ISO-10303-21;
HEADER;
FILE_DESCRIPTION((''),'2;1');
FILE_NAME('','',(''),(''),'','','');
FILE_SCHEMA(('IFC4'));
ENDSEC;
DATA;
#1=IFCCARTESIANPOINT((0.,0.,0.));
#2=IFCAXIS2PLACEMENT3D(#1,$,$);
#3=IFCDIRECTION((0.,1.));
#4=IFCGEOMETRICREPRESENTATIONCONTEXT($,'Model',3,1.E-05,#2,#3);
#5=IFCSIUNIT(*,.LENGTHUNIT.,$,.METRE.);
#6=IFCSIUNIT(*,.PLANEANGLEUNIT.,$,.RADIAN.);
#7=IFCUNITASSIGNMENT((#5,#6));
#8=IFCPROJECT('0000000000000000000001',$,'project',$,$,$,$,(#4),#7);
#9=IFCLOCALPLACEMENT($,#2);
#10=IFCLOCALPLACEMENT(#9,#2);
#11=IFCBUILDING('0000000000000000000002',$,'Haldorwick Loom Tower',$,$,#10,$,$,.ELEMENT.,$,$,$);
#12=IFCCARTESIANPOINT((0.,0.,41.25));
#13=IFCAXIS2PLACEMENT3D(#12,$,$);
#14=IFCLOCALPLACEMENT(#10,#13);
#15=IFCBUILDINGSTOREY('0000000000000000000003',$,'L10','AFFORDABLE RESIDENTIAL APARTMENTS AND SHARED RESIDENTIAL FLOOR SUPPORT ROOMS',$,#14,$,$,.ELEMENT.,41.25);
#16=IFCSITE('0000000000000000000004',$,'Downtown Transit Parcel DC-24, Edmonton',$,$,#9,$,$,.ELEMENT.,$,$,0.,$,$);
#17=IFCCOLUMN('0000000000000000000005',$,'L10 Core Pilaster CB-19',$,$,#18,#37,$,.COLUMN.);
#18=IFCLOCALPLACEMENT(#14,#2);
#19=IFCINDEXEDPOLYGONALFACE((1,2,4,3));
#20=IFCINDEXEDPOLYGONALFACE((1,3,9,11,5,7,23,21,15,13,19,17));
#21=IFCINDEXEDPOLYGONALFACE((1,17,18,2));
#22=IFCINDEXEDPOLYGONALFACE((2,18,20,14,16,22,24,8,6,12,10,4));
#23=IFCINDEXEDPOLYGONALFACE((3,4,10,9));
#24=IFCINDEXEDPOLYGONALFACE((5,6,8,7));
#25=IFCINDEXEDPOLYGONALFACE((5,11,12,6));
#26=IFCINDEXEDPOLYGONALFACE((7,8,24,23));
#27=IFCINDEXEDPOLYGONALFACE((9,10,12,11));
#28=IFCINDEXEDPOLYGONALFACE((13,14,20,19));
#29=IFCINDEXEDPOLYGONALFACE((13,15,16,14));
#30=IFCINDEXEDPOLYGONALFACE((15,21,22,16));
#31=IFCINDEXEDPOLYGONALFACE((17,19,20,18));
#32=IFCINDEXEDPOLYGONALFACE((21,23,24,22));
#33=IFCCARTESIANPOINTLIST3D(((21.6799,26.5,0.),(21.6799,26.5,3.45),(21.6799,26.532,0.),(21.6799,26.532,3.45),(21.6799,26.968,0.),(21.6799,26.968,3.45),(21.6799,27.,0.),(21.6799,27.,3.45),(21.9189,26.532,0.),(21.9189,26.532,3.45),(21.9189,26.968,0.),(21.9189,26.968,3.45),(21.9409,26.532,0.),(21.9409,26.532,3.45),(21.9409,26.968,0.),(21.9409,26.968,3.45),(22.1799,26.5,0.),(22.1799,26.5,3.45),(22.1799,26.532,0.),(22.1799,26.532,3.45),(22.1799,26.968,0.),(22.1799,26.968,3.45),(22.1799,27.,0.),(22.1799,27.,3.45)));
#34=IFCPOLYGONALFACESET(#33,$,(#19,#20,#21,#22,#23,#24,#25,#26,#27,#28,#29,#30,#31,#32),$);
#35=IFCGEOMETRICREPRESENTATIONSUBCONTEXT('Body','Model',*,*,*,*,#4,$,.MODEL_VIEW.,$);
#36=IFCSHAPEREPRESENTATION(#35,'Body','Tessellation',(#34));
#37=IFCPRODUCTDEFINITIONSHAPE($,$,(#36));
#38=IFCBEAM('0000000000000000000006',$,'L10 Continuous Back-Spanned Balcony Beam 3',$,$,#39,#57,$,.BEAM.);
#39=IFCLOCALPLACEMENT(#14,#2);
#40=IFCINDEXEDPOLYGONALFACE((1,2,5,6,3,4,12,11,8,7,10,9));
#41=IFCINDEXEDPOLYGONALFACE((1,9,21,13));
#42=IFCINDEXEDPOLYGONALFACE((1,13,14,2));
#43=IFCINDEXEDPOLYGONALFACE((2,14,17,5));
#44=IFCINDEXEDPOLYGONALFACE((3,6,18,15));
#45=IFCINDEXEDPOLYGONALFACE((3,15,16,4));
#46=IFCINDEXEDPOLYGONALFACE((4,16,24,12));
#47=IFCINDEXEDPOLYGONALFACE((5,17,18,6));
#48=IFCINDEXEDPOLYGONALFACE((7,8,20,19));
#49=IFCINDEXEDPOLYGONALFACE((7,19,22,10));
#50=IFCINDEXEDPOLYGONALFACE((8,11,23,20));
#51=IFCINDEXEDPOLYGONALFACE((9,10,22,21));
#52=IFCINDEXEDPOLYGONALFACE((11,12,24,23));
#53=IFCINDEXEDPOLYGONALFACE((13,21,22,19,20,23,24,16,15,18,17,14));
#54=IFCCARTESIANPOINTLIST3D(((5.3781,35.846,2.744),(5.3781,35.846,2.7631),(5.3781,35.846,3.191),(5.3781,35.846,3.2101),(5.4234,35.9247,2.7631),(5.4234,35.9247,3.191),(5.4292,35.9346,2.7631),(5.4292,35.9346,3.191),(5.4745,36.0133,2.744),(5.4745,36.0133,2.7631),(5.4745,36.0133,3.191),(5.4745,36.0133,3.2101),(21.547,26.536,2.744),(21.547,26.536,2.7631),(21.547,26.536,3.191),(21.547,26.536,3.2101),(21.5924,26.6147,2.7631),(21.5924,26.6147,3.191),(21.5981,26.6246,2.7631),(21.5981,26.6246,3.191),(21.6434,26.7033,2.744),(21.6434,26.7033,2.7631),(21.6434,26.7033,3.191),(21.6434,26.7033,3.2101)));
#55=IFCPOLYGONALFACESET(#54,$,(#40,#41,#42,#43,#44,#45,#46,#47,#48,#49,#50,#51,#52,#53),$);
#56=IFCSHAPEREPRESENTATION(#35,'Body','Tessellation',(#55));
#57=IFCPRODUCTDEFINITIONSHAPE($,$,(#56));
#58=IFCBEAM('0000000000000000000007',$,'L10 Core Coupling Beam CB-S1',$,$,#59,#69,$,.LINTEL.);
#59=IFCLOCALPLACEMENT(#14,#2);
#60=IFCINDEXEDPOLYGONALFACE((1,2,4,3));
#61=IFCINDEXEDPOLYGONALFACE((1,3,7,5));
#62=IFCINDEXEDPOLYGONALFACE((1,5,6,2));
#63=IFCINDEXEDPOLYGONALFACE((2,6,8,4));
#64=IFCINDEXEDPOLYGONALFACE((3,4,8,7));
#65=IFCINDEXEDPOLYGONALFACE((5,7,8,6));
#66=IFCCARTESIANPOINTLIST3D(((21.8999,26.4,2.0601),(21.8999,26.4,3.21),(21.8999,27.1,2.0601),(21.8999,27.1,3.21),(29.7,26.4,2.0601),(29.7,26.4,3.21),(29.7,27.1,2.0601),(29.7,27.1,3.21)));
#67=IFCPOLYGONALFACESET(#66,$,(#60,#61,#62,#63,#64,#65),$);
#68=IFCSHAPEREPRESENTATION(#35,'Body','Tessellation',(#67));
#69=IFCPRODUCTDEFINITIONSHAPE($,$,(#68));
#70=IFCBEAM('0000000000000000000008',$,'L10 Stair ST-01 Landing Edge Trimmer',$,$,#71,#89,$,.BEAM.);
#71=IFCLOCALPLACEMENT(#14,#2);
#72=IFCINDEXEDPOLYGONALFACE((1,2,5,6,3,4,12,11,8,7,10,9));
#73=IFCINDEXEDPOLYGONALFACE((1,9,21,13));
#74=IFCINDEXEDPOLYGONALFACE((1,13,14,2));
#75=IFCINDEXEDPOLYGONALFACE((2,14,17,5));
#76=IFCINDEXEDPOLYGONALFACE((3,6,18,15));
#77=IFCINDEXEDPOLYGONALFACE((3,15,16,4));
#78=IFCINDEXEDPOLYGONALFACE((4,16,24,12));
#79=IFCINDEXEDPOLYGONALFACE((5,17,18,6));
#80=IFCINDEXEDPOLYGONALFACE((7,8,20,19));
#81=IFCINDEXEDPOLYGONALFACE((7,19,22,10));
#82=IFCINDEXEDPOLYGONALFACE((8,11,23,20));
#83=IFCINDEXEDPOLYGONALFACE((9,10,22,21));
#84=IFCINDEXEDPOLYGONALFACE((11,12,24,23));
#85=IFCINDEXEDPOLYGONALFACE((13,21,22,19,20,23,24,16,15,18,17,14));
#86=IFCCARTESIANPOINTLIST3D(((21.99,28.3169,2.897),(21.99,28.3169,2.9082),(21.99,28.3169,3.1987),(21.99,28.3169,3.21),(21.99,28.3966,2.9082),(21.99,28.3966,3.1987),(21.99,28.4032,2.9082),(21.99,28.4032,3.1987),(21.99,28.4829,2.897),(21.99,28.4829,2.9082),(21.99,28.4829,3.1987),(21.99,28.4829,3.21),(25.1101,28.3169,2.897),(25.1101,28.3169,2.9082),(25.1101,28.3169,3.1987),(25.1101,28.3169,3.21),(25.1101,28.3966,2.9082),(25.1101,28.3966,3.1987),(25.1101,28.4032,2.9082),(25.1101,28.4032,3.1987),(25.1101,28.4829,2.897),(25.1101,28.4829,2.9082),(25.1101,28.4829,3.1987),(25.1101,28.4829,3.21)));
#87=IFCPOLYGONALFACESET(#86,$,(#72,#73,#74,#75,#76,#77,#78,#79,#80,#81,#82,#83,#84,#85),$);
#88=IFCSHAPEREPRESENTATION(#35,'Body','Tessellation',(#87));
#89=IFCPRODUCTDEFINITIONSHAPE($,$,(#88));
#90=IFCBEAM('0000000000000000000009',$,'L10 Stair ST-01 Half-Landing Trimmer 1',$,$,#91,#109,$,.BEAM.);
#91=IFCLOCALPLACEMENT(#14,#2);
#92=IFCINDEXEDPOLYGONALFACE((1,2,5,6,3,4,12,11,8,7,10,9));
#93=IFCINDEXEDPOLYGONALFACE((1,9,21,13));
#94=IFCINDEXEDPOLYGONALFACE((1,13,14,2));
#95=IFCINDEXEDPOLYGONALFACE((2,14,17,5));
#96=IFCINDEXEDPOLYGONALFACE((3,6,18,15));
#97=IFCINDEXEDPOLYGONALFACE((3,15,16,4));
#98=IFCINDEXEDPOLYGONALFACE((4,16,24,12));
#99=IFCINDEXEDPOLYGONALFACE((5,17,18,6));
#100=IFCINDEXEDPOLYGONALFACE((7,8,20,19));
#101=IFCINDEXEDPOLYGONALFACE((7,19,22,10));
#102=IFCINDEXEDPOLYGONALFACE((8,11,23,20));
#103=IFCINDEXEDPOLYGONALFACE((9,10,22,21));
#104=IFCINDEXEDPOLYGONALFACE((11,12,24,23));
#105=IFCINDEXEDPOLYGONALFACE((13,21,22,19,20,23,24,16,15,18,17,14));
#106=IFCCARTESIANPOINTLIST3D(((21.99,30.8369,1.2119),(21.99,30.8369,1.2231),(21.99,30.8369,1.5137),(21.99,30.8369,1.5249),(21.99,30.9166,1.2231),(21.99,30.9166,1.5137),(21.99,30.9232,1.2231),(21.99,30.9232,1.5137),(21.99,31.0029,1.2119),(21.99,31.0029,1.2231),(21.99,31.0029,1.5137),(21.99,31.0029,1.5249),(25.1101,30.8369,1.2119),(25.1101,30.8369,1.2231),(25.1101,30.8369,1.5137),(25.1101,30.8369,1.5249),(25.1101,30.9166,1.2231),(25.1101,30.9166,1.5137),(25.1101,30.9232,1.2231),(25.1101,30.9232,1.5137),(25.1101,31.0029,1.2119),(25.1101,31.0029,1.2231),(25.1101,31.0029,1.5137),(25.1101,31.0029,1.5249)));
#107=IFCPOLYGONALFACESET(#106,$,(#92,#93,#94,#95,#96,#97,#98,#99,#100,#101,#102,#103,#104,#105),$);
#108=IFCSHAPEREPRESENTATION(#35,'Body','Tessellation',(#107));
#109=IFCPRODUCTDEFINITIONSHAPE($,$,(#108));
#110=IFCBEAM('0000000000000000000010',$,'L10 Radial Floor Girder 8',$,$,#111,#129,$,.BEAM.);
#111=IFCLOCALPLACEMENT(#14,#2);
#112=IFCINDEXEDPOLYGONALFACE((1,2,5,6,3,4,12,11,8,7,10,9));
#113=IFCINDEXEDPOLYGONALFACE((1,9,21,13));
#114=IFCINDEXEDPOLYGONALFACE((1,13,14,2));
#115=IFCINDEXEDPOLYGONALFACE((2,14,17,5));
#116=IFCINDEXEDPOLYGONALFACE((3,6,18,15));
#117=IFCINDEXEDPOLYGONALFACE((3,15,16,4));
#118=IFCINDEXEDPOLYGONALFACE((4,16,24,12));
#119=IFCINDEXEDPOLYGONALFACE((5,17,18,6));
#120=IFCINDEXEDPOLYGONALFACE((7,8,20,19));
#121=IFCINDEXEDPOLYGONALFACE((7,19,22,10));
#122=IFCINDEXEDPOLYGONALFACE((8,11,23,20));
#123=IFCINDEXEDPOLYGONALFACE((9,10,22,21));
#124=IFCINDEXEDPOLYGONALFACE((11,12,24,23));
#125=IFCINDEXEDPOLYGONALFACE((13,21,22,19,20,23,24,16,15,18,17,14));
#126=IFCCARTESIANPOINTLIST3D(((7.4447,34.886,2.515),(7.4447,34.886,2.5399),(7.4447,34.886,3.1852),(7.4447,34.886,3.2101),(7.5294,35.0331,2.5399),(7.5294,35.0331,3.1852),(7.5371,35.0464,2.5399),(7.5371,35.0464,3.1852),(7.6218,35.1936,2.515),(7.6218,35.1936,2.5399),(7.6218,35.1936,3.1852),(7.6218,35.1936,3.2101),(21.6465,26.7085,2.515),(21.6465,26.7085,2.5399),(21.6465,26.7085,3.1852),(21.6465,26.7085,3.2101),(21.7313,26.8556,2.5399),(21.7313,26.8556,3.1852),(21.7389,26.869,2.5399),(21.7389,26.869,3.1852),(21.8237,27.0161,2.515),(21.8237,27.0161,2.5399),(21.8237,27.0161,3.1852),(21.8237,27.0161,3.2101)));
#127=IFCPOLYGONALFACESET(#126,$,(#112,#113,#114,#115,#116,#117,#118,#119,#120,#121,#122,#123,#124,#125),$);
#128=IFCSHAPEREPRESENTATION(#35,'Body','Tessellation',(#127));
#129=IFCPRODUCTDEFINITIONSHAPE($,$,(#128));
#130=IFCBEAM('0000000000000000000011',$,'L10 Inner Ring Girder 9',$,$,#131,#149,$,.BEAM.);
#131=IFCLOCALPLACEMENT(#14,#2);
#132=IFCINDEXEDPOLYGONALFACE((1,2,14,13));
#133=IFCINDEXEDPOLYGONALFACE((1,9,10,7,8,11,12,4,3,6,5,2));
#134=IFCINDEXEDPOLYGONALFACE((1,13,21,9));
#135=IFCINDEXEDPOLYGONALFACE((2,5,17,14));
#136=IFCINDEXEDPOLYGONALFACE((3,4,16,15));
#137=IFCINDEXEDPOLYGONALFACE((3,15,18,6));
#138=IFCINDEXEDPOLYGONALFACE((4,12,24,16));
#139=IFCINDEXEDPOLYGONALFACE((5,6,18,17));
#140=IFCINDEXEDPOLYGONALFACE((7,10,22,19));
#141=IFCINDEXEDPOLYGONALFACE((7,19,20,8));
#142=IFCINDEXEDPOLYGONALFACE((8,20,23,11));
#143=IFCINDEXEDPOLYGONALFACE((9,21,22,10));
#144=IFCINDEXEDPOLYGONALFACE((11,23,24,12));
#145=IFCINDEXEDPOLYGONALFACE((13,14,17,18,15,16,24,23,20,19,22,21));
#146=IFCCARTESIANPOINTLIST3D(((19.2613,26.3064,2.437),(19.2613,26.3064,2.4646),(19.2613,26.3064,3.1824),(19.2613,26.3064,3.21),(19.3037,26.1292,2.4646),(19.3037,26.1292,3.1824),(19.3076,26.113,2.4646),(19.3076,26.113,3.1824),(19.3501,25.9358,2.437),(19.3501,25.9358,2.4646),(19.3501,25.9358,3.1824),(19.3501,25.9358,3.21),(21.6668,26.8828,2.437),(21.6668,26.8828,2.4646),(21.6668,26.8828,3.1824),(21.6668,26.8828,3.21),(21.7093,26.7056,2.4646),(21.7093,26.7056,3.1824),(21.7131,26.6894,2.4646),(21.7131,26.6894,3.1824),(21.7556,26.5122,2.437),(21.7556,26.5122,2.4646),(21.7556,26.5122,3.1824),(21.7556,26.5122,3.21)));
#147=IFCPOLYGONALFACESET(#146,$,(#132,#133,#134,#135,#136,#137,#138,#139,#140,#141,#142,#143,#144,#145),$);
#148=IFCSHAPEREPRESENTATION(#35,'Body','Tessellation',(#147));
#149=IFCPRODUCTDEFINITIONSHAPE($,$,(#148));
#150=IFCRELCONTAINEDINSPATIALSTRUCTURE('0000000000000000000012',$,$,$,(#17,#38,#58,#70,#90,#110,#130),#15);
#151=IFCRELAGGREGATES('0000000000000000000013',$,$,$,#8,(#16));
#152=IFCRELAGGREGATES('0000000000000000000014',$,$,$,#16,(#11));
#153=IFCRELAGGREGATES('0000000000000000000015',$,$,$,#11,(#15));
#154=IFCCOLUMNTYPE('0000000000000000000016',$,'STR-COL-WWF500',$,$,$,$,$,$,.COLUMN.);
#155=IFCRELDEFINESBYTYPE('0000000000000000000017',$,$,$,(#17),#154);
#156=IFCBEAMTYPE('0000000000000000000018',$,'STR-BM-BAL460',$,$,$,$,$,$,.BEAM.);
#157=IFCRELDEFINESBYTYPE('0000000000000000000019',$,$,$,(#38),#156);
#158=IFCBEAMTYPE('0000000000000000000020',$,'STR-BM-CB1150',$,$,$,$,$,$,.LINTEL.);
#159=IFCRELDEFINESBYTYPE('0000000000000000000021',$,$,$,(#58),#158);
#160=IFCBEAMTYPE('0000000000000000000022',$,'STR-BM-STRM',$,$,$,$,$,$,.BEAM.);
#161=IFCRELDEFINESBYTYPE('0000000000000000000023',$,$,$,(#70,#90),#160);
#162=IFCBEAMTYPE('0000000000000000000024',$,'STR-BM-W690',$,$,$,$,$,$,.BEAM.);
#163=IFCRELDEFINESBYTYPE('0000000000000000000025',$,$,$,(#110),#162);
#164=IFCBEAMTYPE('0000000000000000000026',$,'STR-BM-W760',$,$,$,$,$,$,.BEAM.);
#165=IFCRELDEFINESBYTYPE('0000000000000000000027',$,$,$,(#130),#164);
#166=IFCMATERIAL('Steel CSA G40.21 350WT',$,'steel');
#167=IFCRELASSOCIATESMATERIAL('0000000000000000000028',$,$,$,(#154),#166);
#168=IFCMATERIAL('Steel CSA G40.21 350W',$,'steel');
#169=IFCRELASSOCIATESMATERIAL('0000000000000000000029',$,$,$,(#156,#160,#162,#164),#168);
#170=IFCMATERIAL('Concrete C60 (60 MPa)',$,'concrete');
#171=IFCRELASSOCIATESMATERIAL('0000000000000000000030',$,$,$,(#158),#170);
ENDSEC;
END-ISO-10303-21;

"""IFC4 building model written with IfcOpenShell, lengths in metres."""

from ifc_helpers import new_model, si_unit, direction, frame, origin, origin_2d, place, context, subcontext, project, spatial, rectangle, i_section, extrude, material, material_profile, profile_set, type_object, element, save


model = new_model("IFC4")

# Units and contexts
model_context = context("Model", 3, precision=1e-05, world=origin(), true_north=direction((0.0, 1.0)))
body_context = subcontext(model_context, "Body", "Model", "MODEL_VIEW")
ifc_project = project(units=[si_unit("LENGTHUNIT", "METRE"), si_unit("PLANEANGLEUNIT", "RADIAN")], contexts=[model_context])

# Site, building, storey
site_placement = place(None, origin())
site = spatial("IfcSite", under=ifc_project, at=site_placement, Name="Downtown Transit Parcel DC-24, Edmonton", CompositionType="ELEMENT", RefElevation=0.0)
building_placement = place(site_placement, origin())
building = spatial("IfcBuilding", under=site, at=building_placement, Name="Haldorwick Loom Tower", CompositionType="ELEMENT")
storey_placement = place(building_placement, frame((0.0, 0.0, 41.25)))
storey = spatial("IfcBuildingStorey", under=building, at=storey_placement, Name="L10", Description="AFFORDABLE RESIDENTIAL APARTMENTS AND SHARED RESIDENTIAL FLOOR SUPPORT ROOMS", CompositionType="ELEMENT", Elevation=41.25)

# Column
ifc_material_1 = material(Name="Steel CSA G40.21 350WT", Category="steel")
ifc_material_profile_1 = material_profile(ifc_material_1, i_section(OverallWidth=0.5, OverallDepth=0.5, WebThickness=0.022, FlangeThickness=0.032, at=origin_2d()), Name="WWF500X500", Category="steel")
ifc_profile_set_1 = profile_set([ifc_material_profile_1], Name="Steel CSA G40.21 350WT")
column_type = type_object("IfcColumnType", Name="STR-COL-WWF500", PredefinedType="COLUMN", material=ifc_profile_set_1)
column_placement = place(storey_placement, frame((21.9299, 26.75, 0.0), z_axis=(0.0, 0.0, 1.0), x_axis=(1.0, 0.0, 0.0)))
element("IfcColumn", 1, at=column_placement, inside=storey, type_object=column_type, Name="L10 Core Pilaster CB-19", PredefinedType="COLUMN", context=body_context, shape_type="SweptSolid", body=[
    extrude(i_section(OverallWidth=0.5, OverallDepth=0.5, WebThickness=0.022, FlangeThickness=0.032, at=origin_2d()), origin(), (0.0, 0.0, 1.0), 3.45),
])

# Beams
ifc_material_2 = material(Name="Steel CSA G40.21 350W", Category="steel")
ifc_material_profile_2 = material_profile(ifc_material_2, i_section(OverallWidth=0.1931, OverallDepth=0.4661, WebThickness=0.0115, FlangeThickness=0.019, at=origin_2d()), Name="W460X97", Category="steel")
ifc_profile_set_2 = profile_set([ifc_material_profile_2], Name="Steel CSA G40.21 350W")
beam_type_1 = type_object("IfcBeamType", Name="STR-BM-BAL460", PredefinedType="BEAM", material=ifc_profile_set_2)
beam_1_placement = place(storey_placement, frame((21.5952, 26.6196, 2.9771), z_axis=(-0.866607, 0.498991, 0.0), x_axis=(-0.498991, -0.866607, 0.0)))
element("IfcBeam", 2, at=beam_1_placement, inside=storey, type_object=beam_type_1, Name="L10 Continuous Back-Spanned Balcony Beam 3", PredefinedType="BEAM", context=body_context, shape_type="SweptSolid", body=[
    extrude(i_section(OverallWidth=0.1931, OverallDepth=0.4661, WebThickness=0.0115, FlangeThickness=0.019, at=origin_2d()), origin(), (0.0, 0.0, 1.0), 18.6577),
])
ifc_material_3 = material(Name="Concrete C60 (60 MPa)", Category="concrete")
ifc_material_profile_3 = material_profile(ifc_material_3, rectangle(XDim=0.7, YDim=1.1499, at=origin_2d()), Name="RC700X1150", Category="concrete")
ifc_profile_set_3 = profile_set([ifc_material_profile_3], Name="Concrete C60 (60 MPa)")
beam_type_2 = type_object("IfcBeamType", Name="STR-BM-CB1150", PredefinedType="LINTEL", material=ifc_profile_set_3)
beam_2_placement = place(storey_placement, frame((21.8999, 26.75, 2.635), z_axis=(1.0, 0.0, 0.0), x_axis=(0.0, 1.0, 0.0)))
element("IfcBeam", 3, at=beam_2_placement, inside=storey, type_object=beam_type_2, Name="L10 Core Coupling Beam CB-S1", PredefinedType="LINTEL", context=body_context, shape_type="SweptSolid", body=[
    extrude(rectangle(XDim=0.7, YDim=1.1499, at=origin_2d()), origin(), (0.0, 0.0, 1.0), 7.8),
])
ifc_material_profile_4 = material_profile(ifc_material_2, i_section(OverallWidth=0.166, OverallDepth=0.313, WebThickness=0.0066, FlangeThickness=0.0112, at=origin_2d()), Name="W310X45", Category="steel")
ifc_profile_set_4 = profile_set([ifc_material_profile_4], Name="Steel CSA G40.21 350W")
beam_type_3 = type_object("IfcBeamType", Name="STR-BM-STRM", PredefinedType="BEAM", material=ifc_profile_set_4)
for number, where, z_axis, x_axis, name in (
    (4, (21.99, 28.3999, 3.0535), (1.0, 0.0, 0.0), (0.0, 1.0, 0.0), "L10 Stair ST-01 Landing Edge Trimmer"),
    (5, (21.99, 30.9199, 1.3684), (1.0, 0.0, 0.0), (0.0, 1.0, 0.0), "L10 Stair ST-01 Half-Landing Trimmer 1"),
):
    element("IfcBeam", number, at=place(storey_placement, frame(where, z_axis=z_axis, x_axis=x_axis)), inside=storey, type_object=beam_type_3, Name=name, PredefinedType="BEAM", context=body_context, shape_type="SweptSolid", body=[
        extrude(i_section(OverallWidth=0.166, OverallDepth=0.313, WebThickness=0.0066, FlangeThickness=0.0112, at=origin_2d()), origin(), (0.0, 0.0, 1.0), 3.1201),
    ])
ifc_material_profile_5 = material_profile(ifc_material_2, i_section(OverallWidth=0.355, OverallDepth=0.6951, WebThickness=0.0154, FlangeThickness=0.0249, at=origin_2d()), Name="W690X217", Category="steel")
ifc_profile_set_5 = profile_set([ifc_material_profile_5], Name="Steel CSA G40.21 350W")
beam_type_4 = type_object("IfcBeamType", Name="STR-BM-W690", PredefinedType="BEAM", material=ifc_profile_set_5)
beam_3_placement = place(storey_placement, frame((21.7351, 26.8623, 2.8625), z_axis=(-0.866606, 0.498994, 0.0), x_axis=(-0.498994, -0.866606, 0.0)))
element("IfcBeam", 6, at=beam_3_placement, inside=storey, type_object=beam_type_4, Name="L10 Radial Floor Girder 8", PredefinedType="BEAM", context=body_context, shape_type="SweptSolid", body=[
    extrude(i_section(OverallWidth=0.355, OverallDepth=0.6951, WebThickness=0.0154, FlangeThickness=0.0249, at=origin_2d()), origin(), (0.0, 0.0, 1.0), 16.3879),
])
ifc_material_profile_6 = material_profile(ifc_material_2, i_section(OverallWidth=0.3811, OverallDepth=0.7729, WebThickness=0.0166, FlangeThickness=0.0276, at=origin_2d()), Name="W760X257", Category="steel")
ifc_profile_set_6 = profile_set([ifc_material_profile_6], Name="Steel CSA G40.21 350W")
beam_type_5 = type_object("IfcBeamType", Name="STR-BM-W760", PredefinedType="BEAM", material=ifc_profile_set_6)
beam_4_placement = place(storey_placement, frame((19.3057, 26.1211, 2.8235), z_axis=(0.972471, 0.233026, 0.0), x_axis=(-0.233026, 0.972471, 0.0)))
element("IfcBeam", 7, at=beam_4_placement, inside=storey, type_object=beam_type_5, Name="L10 Inner Ring Girder 9", PredefinedType="BEAM", context=body_context, shape_type="SweptSolid", body=[
    extrude(i_section(OverallWidth=0.3811, OverallDepth=0.7729, WebThickness=0.0166, FlangeThickness=0.0276, at=origin_2d()), origin(), (0.0, 0.0, 1.0), 2.4736),
])

save(model, "model.ifc")
